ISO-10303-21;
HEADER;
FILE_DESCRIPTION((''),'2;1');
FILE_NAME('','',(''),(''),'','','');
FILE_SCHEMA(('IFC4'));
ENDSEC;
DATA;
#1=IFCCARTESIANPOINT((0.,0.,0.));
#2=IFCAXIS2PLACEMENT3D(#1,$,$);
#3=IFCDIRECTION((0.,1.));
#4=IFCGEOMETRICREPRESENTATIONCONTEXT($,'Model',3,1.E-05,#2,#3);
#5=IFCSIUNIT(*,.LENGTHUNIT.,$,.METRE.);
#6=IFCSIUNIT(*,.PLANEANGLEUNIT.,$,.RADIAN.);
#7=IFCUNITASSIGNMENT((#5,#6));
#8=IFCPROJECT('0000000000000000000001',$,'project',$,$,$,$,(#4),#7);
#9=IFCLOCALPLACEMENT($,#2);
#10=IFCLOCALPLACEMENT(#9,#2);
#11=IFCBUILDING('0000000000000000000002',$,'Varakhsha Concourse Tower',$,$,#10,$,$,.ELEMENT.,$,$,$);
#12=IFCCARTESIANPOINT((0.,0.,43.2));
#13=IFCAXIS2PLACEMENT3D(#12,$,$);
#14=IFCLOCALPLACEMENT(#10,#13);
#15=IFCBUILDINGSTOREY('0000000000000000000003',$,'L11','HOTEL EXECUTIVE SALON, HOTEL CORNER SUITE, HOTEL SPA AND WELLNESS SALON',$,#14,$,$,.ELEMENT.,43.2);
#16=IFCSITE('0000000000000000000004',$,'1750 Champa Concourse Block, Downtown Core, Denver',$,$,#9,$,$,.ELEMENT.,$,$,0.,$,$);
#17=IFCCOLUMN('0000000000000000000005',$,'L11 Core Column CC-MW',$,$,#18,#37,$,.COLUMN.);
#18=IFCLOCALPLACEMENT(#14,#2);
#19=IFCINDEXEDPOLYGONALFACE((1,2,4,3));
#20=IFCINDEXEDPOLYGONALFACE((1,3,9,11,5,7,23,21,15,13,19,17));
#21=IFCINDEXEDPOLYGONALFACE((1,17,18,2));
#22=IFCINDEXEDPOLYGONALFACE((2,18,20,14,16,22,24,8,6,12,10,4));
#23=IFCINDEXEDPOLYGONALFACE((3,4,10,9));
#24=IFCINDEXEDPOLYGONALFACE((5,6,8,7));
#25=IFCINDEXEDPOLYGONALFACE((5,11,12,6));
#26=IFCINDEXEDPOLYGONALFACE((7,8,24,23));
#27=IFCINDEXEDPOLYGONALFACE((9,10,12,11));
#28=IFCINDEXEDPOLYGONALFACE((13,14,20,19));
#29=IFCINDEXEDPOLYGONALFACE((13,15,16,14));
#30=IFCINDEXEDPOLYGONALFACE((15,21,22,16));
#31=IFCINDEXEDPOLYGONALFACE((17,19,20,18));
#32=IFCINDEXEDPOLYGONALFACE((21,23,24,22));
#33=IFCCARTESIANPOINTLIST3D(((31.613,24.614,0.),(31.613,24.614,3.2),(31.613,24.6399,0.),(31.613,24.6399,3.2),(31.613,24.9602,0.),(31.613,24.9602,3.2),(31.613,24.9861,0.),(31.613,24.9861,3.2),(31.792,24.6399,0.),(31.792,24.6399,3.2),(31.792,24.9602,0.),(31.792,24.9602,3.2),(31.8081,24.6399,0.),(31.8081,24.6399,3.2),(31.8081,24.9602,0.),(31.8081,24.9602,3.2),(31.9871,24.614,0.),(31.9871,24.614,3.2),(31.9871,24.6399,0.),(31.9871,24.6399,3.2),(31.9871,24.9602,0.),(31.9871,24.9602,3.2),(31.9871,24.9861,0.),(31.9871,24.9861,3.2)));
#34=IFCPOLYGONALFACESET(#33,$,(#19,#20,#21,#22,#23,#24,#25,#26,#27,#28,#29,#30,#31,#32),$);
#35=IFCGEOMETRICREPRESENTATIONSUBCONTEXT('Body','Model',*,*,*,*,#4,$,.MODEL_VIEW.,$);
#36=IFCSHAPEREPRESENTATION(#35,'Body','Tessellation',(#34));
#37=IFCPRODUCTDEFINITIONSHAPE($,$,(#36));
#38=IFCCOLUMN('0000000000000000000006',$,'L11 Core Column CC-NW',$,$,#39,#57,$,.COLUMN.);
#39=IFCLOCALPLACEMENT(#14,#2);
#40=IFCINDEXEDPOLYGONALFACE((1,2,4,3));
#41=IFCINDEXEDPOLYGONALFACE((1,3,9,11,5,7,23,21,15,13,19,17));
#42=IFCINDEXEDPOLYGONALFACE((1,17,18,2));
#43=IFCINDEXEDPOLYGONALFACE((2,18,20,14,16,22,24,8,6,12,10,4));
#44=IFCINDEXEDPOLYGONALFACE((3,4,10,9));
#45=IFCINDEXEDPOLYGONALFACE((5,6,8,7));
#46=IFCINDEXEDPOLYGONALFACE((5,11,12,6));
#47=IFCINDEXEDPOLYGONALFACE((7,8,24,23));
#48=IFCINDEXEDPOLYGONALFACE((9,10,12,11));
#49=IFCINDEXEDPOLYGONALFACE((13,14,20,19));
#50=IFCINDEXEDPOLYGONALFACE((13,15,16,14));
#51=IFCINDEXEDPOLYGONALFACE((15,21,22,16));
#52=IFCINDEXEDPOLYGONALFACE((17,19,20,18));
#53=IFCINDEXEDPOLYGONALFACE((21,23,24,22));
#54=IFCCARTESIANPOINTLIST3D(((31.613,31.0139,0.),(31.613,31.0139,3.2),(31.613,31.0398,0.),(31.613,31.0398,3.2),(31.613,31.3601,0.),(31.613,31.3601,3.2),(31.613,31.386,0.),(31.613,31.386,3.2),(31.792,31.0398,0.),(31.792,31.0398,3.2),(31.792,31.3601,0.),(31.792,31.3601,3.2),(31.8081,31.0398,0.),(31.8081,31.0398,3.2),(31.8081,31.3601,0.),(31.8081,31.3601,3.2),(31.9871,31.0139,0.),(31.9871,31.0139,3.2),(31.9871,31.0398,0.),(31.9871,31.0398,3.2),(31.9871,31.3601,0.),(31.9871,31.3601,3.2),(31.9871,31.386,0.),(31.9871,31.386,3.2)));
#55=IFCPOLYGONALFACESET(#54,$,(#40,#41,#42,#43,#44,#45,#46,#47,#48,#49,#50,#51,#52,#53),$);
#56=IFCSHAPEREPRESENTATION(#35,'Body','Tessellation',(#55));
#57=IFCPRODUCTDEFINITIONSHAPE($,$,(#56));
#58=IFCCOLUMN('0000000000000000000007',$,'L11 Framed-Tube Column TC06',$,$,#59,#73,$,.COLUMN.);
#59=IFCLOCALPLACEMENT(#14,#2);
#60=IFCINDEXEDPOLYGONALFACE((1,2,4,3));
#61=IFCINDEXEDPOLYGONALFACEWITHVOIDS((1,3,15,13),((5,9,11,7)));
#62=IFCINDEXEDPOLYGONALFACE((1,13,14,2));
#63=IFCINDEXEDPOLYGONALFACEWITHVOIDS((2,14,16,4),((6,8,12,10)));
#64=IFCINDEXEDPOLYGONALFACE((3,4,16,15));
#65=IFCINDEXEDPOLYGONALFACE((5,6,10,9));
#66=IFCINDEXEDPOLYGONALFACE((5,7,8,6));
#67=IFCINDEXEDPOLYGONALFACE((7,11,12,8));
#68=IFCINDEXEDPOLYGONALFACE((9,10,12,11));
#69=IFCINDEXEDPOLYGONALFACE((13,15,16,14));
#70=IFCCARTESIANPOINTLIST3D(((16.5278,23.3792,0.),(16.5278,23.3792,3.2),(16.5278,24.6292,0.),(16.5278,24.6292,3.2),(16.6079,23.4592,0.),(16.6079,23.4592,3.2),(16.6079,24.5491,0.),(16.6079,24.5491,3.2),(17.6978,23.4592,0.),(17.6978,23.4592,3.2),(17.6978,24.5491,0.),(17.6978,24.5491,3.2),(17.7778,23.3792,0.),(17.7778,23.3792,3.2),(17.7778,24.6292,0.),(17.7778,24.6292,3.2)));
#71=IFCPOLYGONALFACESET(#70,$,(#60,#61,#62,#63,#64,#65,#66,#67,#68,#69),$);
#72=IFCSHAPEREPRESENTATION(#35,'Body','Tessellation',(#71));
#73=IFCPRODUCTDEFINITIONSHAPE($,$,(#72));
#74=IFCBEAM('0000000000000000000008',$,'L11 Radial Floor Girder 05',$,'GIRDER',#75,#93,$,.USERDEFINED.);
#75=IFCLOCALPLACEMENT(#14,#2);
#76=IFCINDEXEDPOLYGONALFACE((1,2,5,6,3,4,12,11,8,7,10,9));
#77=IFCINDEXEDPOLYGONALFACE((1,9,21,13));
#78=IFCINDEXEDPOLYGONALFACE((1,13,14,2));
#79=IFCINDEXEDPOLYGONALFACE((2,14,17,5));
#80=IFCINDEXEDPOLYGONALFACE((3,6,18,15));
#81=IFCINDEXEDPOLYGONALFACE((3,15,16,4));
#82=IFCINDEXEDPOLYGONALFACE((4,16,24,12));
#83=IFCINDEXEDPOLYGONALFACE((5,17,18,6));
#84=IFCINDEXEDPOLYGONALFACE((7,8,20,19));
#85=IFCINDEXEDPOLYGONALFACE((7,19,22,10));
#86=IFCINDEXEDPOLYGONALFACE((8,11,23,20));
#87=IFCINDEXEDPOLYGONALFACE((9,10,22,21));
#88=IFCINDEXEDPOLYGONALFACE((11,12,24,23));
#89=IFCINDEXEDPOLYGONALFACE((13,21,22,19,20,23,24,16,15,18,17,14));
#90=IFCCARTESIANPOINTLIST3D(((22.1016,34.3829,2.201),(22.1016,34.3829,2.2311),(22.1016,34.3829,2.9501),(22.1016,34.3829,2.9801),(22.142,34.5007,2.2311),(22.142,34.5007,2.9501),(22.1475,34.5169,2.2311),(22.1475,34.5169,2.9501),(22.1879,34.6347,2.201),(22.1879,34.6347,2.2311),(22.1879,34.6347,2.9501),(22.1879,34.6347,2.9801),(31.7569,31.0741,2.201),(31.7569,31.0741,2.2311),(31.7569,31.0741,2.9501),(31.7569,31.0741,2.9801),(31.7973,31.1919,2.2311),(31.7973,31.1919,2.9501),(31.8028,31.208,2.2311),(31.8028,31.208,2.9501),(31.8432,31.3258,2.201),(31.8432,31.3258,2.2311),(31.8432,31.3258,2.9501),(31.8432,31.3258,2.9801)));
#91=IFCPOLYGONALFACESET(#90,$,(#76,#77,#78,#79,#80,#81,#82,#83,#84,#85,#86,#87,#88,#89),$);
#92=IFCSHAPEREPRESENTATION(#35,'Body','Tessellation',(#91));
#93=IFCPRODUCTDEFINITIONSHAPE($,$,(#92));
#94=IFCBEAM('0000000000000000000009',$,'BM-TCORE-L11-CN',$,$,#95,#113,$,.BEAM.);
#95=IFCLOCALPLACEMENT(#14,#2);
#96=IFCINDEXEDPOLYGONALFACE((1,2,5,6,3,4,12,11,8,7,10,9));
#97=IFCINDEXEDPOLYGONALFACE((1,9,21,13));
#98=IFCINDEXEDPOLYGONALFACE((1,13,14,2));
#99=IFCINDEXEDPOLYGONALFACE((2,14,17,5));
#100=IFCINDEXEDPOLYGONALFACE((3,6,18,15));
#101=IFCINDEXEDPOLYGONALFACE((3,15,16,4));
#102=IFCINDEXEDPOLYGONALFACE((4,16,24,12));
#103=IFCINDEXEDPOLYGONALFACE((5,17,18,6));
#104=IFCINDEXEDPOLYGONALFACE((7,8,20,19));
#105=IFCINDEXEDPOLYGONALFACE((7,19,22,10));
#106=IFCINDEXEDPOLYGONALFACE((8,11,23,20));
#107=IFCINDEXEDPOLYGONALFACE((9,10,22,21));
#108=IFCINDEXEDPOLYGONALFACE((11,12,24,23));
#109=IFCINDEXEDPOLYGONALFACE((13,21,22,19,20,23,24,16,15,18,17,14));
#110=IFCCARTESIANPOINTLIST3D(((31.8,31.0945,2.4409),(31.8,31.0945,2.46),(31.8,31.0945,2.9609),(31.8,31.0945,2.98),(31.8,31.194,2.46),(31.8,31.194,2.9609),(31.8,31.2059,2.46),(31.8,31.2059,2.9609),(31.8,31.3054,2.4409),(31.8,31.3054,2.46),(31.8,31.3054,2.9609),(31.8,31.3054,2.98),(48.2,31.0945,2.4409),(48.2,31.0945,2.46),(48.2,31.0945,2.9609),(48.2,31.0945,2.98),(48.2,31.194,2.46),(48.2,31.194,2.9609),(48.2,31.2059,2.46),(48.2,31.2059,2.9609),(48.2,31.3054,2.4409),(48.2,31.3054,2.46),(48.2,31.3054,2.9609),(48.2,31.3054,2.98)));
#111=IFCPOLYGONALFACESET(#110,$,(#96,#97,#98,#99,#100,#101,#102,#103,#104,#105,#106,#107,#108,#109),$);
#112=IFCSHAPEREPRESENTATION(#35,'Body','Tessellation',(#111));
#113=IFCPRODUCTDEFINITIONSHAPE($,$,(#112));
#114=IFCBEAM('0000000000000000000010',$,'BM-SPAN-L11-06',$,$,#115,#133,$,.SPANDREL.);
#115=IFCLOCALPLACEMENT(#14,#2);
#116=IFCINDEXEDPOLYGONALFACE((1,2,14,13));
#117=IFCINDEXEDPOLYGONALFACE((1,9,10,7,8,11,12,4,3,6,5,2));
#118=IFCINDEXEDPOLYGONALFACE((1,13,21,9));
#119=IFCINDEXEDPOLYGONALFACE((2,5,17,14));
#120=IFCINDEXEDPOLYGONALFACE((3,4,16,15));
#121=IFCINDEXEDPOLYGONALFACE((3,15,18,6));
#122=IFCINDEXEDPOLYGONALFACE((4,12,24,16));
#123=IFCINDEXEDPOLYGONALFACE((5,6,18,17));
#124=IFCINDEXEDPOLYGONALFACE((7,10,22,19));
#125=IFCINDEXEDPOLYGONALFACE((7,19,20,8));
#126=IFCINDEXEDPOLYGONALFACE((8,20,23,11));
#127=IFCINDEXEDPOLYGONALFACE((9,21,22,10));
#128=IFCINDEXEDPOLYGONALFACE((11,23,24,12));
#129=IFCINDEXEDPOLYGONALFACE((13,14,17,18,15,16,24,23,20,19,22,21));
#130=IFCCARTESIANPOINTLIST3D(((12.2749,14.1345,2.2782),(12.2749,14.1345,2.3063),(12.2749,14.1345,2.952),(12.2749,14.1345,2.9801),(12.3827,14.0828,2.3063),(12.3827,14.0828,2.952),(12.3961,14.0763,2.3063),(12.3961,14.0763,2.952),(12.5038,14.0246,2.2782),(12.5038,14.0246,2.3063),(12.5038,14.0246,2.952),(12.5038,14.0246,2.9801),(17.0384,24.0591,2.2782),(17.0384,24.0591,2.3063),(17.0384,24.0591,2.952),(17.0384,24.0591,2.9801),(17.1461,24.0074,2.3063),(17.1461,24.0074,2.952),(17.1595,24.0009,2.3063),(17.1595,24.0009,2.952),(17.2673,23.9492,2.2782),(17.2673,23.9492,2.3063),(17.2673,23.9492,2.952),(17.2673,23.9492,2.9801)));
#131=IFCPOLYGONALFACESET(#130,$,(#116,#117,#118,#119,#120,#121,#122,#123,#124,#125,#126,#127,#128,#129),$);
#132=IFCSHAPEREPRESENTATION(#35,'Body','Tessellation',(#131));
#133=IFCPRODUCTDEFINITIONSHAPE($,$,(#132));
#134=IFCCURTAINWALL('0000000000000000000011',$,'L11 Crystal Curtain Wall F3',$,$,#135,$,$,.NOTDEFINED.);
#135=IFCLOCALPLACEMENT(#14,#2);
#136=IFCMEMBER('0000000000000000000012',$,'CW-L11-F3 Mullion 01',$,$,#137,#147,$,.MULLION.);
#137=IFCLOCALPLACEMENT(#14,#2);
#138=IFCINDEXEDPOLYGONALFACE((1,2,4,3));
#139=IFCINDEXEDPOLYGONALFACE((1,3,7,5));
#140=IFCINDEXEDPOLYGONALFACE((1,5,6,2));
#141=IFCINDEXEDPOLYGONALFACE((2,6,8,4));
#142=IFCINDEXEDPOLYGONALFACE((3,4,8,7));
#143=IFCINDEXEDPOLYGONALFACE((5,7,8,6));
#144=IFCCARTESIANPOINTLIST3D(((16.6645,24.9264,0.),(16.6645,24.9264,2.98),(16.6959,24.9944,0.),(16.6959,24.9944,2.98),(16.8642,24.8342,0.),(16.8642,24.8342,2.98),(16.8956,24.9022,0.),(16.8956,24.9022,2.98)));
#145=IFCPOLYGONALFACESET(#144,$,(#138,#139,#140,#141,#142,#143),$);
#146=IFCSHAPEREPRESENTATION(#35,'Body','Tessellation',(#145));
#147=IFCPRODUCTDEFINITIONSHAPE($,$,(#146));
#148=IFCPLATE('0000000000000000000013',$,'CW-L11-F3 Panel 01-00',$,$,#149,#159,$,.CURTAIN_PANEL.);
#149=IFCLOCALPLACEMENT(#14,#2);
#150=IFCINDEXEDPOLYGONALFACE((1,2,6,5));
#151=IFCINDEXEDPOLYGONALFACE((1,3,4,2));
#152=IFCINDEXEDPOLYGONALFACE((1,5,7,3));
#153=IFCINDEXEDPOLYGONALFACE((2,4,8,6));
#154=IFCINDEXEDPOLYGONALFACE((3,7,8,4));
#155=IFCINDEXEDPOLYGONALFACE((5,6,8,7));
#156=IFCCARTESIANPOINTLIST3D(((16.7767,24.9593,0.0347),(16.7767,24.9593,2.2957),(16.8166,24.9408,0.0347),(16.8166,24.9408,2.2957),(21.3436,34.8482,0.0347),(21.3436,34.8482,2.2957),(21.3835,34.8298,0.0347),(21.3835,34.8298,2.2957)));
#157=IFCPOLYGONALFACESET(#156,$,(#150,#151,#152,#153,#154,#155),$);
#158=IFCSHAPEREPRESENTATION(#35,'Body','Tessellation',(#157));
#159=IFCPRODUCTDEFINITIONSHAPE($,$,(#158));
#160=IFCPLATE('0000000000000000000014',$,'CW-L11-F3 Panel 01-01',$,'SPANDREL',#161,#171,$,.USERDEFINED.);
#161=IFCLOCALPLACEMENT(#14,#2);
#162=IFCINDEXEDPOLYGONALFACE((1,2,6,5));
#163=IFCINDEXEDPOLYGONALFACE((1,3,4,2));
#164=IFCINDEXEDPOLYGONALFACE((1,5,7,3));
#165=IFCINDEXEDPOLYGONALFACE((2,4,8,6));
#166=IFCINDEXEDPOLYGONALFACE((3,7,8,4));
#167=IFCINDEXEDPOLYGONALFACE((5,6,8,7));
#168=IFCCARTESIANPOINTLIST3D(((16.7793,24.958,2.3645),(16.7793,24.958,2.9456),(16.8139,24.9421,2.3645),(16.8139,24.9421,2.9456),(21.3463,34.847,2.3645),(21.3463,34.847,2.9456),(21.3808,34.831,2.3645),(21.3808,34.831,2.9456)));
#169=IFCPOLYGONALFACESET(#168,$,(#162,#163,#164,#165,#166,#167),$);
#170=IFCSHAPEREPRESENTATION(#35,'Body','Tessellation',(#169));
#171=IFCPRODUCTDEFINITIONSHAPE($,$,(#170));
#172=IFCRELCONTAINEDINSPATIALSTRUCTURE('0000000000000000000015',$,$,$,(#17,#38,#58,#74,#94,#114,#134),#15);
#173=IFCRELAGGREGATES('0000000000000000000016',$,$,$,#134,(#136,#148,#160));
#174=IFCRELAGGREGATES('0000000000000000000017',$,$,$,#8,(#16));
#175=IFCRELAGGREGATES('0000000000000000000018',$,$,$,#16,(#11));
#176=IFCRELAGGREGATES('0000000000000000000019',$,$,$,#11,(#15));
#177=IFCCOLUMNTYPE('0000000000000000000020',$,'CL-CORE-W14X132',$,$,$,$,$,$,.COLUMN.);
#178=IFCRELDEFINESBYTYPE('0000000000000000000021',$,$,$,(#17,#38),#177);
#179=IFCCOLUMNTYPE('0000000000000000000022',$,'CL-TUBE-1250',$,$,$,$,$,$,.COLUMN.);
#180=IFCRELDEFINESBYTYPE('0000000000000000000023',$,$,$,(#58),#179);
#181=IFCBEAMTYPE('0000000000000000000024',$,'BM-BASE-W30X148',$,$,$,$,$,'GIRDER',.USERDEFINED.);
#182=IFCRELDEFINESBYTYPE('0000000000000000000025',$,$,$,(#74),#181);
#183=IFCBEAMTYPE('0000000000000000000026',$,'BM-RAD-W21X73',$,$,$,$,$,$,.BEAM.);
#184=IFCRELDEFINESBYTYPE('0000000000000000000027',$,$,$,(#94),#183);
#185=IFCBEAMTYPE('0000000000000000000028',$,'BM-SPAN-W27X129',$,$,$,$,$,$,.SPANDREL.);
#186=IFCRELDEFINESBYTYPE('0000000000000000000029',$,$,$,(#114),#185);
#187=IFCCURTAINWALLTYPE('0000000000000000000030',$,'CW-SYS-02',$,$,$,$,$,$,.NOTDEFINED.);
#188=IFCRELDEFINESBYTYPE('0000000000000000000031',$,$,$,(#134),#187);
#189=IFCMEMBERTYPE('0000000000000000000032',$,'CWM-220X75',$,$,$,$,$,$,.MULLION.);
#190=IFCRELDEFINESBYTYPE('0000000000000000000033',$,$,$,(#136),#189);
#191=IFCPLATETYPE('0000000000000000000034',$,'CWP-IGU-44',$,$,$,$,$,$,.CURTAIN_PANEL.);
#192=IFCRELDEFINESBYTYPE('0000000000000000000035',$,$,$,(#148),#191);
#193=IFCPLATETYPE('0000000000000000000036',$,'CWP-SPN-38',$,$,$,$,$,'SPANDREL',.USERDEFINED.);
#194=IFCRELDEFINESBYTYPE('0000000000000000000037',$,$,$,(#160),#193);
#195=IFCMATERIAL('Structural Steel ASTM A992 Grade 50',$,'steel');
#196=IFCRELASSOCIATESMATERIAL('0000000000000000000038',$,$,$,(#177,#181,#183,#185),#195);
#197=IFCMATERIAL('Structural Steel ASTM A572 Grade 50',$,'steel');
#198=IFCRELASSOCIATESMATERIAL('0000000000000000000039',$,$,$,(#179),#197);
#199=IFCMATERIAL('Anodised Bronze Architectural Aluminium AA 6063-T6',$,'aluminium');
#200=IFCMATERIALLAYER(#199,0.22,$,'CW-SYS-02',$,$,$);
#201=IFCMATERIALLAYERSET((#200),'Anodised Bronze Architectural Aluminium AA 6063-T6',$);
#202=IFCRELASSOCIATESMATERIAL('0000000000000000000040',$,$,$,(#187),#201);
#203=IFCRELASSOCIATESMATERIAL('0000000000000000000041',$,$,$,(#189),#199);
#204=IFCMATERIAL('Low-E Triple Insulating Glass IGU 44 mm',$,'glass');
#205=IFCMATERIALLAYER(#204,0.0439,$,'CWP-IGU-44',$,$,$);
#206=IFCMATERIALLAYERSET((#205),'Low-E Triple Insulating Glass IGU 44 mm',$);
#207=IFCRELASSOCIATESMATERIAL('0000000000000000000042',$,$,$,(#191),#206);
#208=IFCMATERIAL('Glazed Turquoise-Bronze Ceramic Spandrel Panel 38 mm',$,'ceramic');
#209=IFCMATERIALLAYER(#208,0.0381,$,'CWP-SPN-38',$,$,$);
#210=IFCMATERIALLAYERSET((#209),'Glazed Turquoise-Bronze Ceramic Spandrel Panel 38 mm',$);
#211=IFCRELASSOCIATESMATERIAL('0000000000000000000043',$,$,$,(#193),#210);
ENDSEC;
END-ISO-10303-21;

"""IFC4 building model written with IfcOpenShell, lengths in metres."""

from ifc_helpers import new_model, si_unit, direction, frame, origin, origin_2d, place, context, subcontext, project, spatial, rectangle, hollow_rectangle, i_section, extrude, source, transform, mapped, material, layer, layer_set, material_profile, profile_set, type_object, type_shapes, element, aggregate, save


model = new_model("IFC4")

# Units and contexts
model_context = context("Model", 3, precision=1e-05, world=origin(), true_north=direction((0.0, 1.0)))
body_context = subcontext(model_context, "Body", "Model", "MODEL_VIEW")
ifc_project = project(units=[si_unit("LENGTHUNIT", "METRE"), si_unit("PLANEANGLEUNIT", "RADIAN")], contexts=[model_context])

# Site, building, storey
site_placement = place(None, origin())
site = spatial("IfcSite", under=ifc_project, at=site_placement, Name="1750 Champa Concourse Block, Downtown Core, Denver", CompositionType="ELEMENT", RefElevation=0.0)
building_placement = place(site_placement, origin())
building = spatial("IfcBuilding", under=site, at=building_placement, Name="Varakhsha Concourse Tower", CompositionType="ELEMENT")
storey_placement = place(building_placement, frame((0.0, 0.0, 43.2)))
storey = spatial("IfcBuildingStorey", under=building, at=storey_placement, Name="L11", Description="HOTEL EXECUTIVE SALON, HOTEL CORNER SUITE, HOTEL SPA AND WELLNESS SALON", CompositionType="ELEMENT", Elevation=43.2)

# Columns
ifc_material_1 = material(Name="Structural Steel ASTM A992 Grade 50", Category="steel")
ifc_material_profile_1 = material_profile(ifc_material_1, i_section(OverallWidth=0.374, OverallDepth=0.3721, WebThickness=0.0161, FlangeThickness=0.0259, at=origin_2d()), Name="W14X132")
ifc_profile_set_1 = profile_set([ifc_material_profile_1], Name="Structural Steel ASTM A992 Grade 50")
column_type_1 = type_object("IfcColumnType", Name="CL-CORE-W14X132", PredefinedType="COLUMN", material=ifc_profile_set_1)
for number, where, z_axis, x_axis, name in (
    (1, (31.8, 24.8, 0.0), (0.0, 0.0, 1.0), (1.0, 0.0, 0.0), "L11 Core Column CC-MW"),
    (2, (31.8, 31.2, 0.0), (0.0, 0.0, 1.0), (1.0, 0.0, 0.0), "L11 Core Column CC-NW"),
):
    element("IfcColumn", number, at=place(storey_placement, frame(where, z_axis=z_axis, x_axis=x_axis)), inside=storey, type_object=column_type_1, Name=name, PredefinedType="COLUMN", context=body_context, shape_type="SweptSolid", body=[
        extrude(i_section(OverallWidth=0.374, OverallDepth=0.3721, WebThickness=0.0161, FlangeThickness=0.0259, at=origin_2d()), origin(), (0.0, 0.0, 1.0), 3.2),
    ])
ifc_material_2 = material(Name="Structural Steel ASTM A572 Grade 50", Category="steel")
ifc_material_profile_2 = material_profile(ifc_material_2, hollow_rectangle(XDim=1.25, YDim=1.25, WallThickness=0.0801, at=origin_2d()), Name="BOX 1250x1250x80")
ifc_profile_set_2 = profile_set([ifc_material_profile_2], Name="Structural Steel ASTM A572 Grade 50")
column_type_2 = type_object("IfcColumnType", Name="CL-TUBE-1250", PredefinedType="COLUMN", material=ifc_profile_set_2)
column_placement = place(storey_placement, frame((17.1528, 24.0042, 0.0), z_axis=(0.0, 0.0, 1.0), x_axis=(1.0, 0.0, 0.0)))
element("IfcColumn", 3, at=column_placement, inside=storey, type_object=column_type_2, Name="L11 Framed-Tube Column TC06", PredefinedType="COLUMN", context=body_context, shape_type="SweptSolid", body=[
    extrude(hollow_rectangle(XDim=1.25, YDim=1.25, WallThickness=0.0801, at=origin_2d()), origin(), (0.0, 0.0, 1.0), 3.2),
])

# Beams
ifc_material_profile_3 = material_profile(ifc_material_1, i_section(OverallWidth=0.2661, OverallDepth=0.7791, WebThickness=0.0171, FlangeThickness=0.03, at=origin_2d()), Name="W30X148")
ifc_profile_set_3 = profile_set([ifc_material_profile_3], Name="Structural Steel ASTM A992 Grade 50")
beam_type_1 = type_object("IfcBeamType", Name="BM-BASE-W30X148", ElementType="GIRDER", PredefinedType="USERDEFINED", material=ifc_profile_set_3)
beam_1_placement = place(storey_placement, frame((31.8, 31.2, 2.5906), z_axis=(-0.945992, 0.324189, 0.0), x_axis=(-0.324189, -0.945992, 0.0)))
element("IfcBeam", 4, at=beam_1_placement, inside=storey, type_object=beam_type_1, Name="L11 Radial Floor Girder 05", ObjectType="GIRDER", PredefinedType="USERDEFINED", context=body_context, shape_type="SweptSolid", body=[
    extrude(i_section(OverallWidth=0.2661, OverallDepth=0.7791, WebThickness=0.0171, FlangeThickness=0.03, at=origin_2d()), origin(), (0.0, 0.0, 1.0), 10.2065),
])
ifc_material_profile_4 = material_profile(ifc_material_1, i_section(OverallWidth=0.2109, OverallDepth=0.5391, WebThickness=0.012, FlangeThickness=0.019, at=origin_2d()), Name="W21X73")
ifc_profile_set_4 = profile_set([ifc_material_profile_4], Name="Structural Steel ASTM A992 Grade 50")
beam_type_2 = type_object("IfcBeamType", Name="BM-RAD-W21X73", PredefinedType="BEAM", material=ifc_profile_set_4)
beam_2_placement = place(storey_placement, frame((31.8, 31.2, 2.7104), z_axis=(1.0, 0.0, 0.0), x_axis=(0.0, 1.0, 0.0)))
element("IfcBeam", 5, at=beam_2_placement, inside=storey, type_object=beam_type_2, Name="BM-TCORE-L11-CN", PredefinedType="BEAM", context=body_context, shape_type="SweptSolid", body=[
    extrude(i_section(OverallWidth=0.2109, OverallDepth=0.5391, WebThickness=0.012, FlangeThickness=0.019, at=origin_2d()), origin(), (0.0, 0.0, 1.0), 16.3999),
])
ifc_material_profile_5 = material_profile(ifc_material_1, i_section(OverallWidth=0.2539, OverallDepth=0.7019, WebThickness=0.0149, FlangeThickness=0.0281, at=origin_2d()), Name="W27X129")
ifc_profile_set_5 = profile_set([ifc_material_profile_5], Name="Structural Steel ASTM A992 Grade 50")
beam_type_3 = type_object("IfcBeamType", Name="BM-SPAN-W27X129", PredefinedType="SPANDREL", material=ifc_profile_set_5)
beam_3_placement = place(storey_placement, frame((17.1528, 24.0042, 2.6292), z_axis=(-0.432704, -0.901536, 0.0), x_axis=(0.901536, -0.432704, 0.0)))
element("IfcBeam", 6, at=beam_3_placement, inside=storey, type_object=beam_type_3, Name="BM-SPAN-L11-06", PredefinedType="SPANDREL", context=body_context, shape_type="SweptSolid", body=[
    extrude(i_section(OverallWidth=0.2539, OverallDepth=0.7019, WebThickness=0.0149, FlangeThickness=0.0281, at=origin_2d()), origin(), (0.0, 0.0, 1.0), 11.0085),
])

# Curtain wall, member, plates
ifc_material_3 = material(Name="Anodised Bronze Architectural Aluminium AA 6063-T6", Category="aluminium")
ifc_layer_1 = layer(ifc_material_3, 0.22, Name="CW-SYS-02")
ifc_layer_set_1 = layer_set([ifc_layer_1], Name="Anodised Bronze Architectural Aluminium AA 6063-T6")
curtain_wall_type = type_object("IfcCurtainWallType", Name="CW-SYS-02", PredefinedType="NOTDEFINED", material=ifc_layer_set_1)
curtain_wall_placement = place(storey_placement, origin())
curtain_wall = element("IfcCurtainWall", 7, at=curtain_wall_placement, inside=storey, type_object=curtain_wall_type, Name="L11 Crystal Curtain Wall F3", PredefinedType="NOTDEFINED")
ifc_material_profile_6 = material_profile(ifc_material_3, rectangle(XDim=0.075, YDim=0.22, at=origin_2d()), Name="CWM-220X75")
ifc_profile_set_6 = profile_set([ifc_material_profile_6], Name="Anodised Bronze Architectural Aluminium AA 6063-T6")
member_type = type_object("IfcMemberType", Name="CWM-220X75", PredefinedType="MULLION", material=ifc_profile_set_6)
shared_shape_1 = source(origin(), body_context, "Body", "SweptSolid", [
    extrude(rectangle(XDim=0.075, YDim=0.22, at=origin_2d()), origin(), (0.0, 0.0, 1.0), 2.98),
])
type_shapes(member_type, [shared_shape_1])
member_placement = place(storey_placement, frame((16.78, 24.9143, 0.0), z_axis=(0.0, 0.0, 1.0), x_axis=(0.41927, 0.907862, 0.0)))
member = element("IfcMember", 8, at=member_placement, type_object=member_type, Name="CW-L11-F3 Mullion 01", PredefinedType="MULLION", context=body_context, shape_type="MappedRepresentation", body=[
    mapped(shared_shape_1, transform((0.0, 0.0, 0.0), scale=1.0)),
])
ifc_material_4 = material(Name="Low-E Triple Insulating Glass IGU 44 mm", Category="glass")
ifc_layer_2 = layer(ifc_material_4, 0.0439, Name="CWP-IGU-44")
ifc_layer_set_2 = layer_set([ifc_layer_2], Name="Low-E Triple Insulating Glass IGU 44 mm")
plate_type_1 = type_object("IfcPlateType", Name="CWP-IGU-44", PredefinedType="CURTAIN_PANEL", material=ifc_layer_set_2)
shared_shape_2 = source(origin(), body_context, "Body", "SweptSolid", [
    extrude(rectangle(XDim=10.8926, YDim=0.0439, at=origin_2d()), origin(), (0.0, 0.0, 1.0), 2.261),
])
type_shapes(plate_type_1, [shared_shape_2])
plate_1_placement = place(storey_placement, frame((19.0801, 29.8945, 0.0347), z_axis=(0.0, 0.0, 1.0), x_axis=(0.41927, 0.907862, 0.0)))
plate_1 = element("IfcPlate", 9, at=plate_1_placement, type_object=plate_type_1, Name="CW-L11-F3 Panel 01-00", PredefinedType="CURTAIN_PANEL", context=body_context, shape_type="MappedRepresentation", body=[
    mapped(shared_shape_2, transform((0.0, 0.0, 0.0), scale=1.0)),
])
ifc_material_5 = material(Name="Glazed Turquoise-Bronze Ceramic Spandrel Panel 38 mm", Category="ceramic")
ifc_layer_3 = layer(ifc_material_5, 0.0381, Name="CWP-SPN-38")
ifc_layer_set_3 = layer_set([ifc_layer_3], Name="Glazed Turquoise-Bronze Ceramic Spandrel Panel 38 mm")
plate_type_2 = type_object("IfcPlateType", Name="CWP-SPN-38", ElementType="SPANDREL", PredefinedType="USERDEFINED", material=ifc_layer_set_3)
shared_shape_3 = source(origin(), body_context, "Body", "SweptSolid", [
    extrude(rectangle(XDim=10.8926, YDim=0.0381, at=origin_2d()), origin(), (0.0, 0.0, 1.0), 0.5811),
])
type_shapes(plate_type_2, [shared_shape_3])
plate_2_placement = place(storey_placement, frame((19.0801, 29.8945, 2.3645), z_axis=(0.0, 0.0, 1.0), x_axis=(0.41927, 0.907862, 0.0)))
plate_2 = element("IfcPlate", 10, at=plate_2_placement, type_object=plate_type_2, Name="CW-L11-F3 Panel 01-01", ObjectType="SPANDREL", PredefinedType="USERDEFINED", context=body_context, shape_type="MappedRepresentation", body=[
    mapped(shared_shape_3, transform((0.0, 0.0, 0.0), scale=1.0)),
])
aggregate(curtain_wall, [member, plate_1, plate_2])

save(model, "model.ifc")
